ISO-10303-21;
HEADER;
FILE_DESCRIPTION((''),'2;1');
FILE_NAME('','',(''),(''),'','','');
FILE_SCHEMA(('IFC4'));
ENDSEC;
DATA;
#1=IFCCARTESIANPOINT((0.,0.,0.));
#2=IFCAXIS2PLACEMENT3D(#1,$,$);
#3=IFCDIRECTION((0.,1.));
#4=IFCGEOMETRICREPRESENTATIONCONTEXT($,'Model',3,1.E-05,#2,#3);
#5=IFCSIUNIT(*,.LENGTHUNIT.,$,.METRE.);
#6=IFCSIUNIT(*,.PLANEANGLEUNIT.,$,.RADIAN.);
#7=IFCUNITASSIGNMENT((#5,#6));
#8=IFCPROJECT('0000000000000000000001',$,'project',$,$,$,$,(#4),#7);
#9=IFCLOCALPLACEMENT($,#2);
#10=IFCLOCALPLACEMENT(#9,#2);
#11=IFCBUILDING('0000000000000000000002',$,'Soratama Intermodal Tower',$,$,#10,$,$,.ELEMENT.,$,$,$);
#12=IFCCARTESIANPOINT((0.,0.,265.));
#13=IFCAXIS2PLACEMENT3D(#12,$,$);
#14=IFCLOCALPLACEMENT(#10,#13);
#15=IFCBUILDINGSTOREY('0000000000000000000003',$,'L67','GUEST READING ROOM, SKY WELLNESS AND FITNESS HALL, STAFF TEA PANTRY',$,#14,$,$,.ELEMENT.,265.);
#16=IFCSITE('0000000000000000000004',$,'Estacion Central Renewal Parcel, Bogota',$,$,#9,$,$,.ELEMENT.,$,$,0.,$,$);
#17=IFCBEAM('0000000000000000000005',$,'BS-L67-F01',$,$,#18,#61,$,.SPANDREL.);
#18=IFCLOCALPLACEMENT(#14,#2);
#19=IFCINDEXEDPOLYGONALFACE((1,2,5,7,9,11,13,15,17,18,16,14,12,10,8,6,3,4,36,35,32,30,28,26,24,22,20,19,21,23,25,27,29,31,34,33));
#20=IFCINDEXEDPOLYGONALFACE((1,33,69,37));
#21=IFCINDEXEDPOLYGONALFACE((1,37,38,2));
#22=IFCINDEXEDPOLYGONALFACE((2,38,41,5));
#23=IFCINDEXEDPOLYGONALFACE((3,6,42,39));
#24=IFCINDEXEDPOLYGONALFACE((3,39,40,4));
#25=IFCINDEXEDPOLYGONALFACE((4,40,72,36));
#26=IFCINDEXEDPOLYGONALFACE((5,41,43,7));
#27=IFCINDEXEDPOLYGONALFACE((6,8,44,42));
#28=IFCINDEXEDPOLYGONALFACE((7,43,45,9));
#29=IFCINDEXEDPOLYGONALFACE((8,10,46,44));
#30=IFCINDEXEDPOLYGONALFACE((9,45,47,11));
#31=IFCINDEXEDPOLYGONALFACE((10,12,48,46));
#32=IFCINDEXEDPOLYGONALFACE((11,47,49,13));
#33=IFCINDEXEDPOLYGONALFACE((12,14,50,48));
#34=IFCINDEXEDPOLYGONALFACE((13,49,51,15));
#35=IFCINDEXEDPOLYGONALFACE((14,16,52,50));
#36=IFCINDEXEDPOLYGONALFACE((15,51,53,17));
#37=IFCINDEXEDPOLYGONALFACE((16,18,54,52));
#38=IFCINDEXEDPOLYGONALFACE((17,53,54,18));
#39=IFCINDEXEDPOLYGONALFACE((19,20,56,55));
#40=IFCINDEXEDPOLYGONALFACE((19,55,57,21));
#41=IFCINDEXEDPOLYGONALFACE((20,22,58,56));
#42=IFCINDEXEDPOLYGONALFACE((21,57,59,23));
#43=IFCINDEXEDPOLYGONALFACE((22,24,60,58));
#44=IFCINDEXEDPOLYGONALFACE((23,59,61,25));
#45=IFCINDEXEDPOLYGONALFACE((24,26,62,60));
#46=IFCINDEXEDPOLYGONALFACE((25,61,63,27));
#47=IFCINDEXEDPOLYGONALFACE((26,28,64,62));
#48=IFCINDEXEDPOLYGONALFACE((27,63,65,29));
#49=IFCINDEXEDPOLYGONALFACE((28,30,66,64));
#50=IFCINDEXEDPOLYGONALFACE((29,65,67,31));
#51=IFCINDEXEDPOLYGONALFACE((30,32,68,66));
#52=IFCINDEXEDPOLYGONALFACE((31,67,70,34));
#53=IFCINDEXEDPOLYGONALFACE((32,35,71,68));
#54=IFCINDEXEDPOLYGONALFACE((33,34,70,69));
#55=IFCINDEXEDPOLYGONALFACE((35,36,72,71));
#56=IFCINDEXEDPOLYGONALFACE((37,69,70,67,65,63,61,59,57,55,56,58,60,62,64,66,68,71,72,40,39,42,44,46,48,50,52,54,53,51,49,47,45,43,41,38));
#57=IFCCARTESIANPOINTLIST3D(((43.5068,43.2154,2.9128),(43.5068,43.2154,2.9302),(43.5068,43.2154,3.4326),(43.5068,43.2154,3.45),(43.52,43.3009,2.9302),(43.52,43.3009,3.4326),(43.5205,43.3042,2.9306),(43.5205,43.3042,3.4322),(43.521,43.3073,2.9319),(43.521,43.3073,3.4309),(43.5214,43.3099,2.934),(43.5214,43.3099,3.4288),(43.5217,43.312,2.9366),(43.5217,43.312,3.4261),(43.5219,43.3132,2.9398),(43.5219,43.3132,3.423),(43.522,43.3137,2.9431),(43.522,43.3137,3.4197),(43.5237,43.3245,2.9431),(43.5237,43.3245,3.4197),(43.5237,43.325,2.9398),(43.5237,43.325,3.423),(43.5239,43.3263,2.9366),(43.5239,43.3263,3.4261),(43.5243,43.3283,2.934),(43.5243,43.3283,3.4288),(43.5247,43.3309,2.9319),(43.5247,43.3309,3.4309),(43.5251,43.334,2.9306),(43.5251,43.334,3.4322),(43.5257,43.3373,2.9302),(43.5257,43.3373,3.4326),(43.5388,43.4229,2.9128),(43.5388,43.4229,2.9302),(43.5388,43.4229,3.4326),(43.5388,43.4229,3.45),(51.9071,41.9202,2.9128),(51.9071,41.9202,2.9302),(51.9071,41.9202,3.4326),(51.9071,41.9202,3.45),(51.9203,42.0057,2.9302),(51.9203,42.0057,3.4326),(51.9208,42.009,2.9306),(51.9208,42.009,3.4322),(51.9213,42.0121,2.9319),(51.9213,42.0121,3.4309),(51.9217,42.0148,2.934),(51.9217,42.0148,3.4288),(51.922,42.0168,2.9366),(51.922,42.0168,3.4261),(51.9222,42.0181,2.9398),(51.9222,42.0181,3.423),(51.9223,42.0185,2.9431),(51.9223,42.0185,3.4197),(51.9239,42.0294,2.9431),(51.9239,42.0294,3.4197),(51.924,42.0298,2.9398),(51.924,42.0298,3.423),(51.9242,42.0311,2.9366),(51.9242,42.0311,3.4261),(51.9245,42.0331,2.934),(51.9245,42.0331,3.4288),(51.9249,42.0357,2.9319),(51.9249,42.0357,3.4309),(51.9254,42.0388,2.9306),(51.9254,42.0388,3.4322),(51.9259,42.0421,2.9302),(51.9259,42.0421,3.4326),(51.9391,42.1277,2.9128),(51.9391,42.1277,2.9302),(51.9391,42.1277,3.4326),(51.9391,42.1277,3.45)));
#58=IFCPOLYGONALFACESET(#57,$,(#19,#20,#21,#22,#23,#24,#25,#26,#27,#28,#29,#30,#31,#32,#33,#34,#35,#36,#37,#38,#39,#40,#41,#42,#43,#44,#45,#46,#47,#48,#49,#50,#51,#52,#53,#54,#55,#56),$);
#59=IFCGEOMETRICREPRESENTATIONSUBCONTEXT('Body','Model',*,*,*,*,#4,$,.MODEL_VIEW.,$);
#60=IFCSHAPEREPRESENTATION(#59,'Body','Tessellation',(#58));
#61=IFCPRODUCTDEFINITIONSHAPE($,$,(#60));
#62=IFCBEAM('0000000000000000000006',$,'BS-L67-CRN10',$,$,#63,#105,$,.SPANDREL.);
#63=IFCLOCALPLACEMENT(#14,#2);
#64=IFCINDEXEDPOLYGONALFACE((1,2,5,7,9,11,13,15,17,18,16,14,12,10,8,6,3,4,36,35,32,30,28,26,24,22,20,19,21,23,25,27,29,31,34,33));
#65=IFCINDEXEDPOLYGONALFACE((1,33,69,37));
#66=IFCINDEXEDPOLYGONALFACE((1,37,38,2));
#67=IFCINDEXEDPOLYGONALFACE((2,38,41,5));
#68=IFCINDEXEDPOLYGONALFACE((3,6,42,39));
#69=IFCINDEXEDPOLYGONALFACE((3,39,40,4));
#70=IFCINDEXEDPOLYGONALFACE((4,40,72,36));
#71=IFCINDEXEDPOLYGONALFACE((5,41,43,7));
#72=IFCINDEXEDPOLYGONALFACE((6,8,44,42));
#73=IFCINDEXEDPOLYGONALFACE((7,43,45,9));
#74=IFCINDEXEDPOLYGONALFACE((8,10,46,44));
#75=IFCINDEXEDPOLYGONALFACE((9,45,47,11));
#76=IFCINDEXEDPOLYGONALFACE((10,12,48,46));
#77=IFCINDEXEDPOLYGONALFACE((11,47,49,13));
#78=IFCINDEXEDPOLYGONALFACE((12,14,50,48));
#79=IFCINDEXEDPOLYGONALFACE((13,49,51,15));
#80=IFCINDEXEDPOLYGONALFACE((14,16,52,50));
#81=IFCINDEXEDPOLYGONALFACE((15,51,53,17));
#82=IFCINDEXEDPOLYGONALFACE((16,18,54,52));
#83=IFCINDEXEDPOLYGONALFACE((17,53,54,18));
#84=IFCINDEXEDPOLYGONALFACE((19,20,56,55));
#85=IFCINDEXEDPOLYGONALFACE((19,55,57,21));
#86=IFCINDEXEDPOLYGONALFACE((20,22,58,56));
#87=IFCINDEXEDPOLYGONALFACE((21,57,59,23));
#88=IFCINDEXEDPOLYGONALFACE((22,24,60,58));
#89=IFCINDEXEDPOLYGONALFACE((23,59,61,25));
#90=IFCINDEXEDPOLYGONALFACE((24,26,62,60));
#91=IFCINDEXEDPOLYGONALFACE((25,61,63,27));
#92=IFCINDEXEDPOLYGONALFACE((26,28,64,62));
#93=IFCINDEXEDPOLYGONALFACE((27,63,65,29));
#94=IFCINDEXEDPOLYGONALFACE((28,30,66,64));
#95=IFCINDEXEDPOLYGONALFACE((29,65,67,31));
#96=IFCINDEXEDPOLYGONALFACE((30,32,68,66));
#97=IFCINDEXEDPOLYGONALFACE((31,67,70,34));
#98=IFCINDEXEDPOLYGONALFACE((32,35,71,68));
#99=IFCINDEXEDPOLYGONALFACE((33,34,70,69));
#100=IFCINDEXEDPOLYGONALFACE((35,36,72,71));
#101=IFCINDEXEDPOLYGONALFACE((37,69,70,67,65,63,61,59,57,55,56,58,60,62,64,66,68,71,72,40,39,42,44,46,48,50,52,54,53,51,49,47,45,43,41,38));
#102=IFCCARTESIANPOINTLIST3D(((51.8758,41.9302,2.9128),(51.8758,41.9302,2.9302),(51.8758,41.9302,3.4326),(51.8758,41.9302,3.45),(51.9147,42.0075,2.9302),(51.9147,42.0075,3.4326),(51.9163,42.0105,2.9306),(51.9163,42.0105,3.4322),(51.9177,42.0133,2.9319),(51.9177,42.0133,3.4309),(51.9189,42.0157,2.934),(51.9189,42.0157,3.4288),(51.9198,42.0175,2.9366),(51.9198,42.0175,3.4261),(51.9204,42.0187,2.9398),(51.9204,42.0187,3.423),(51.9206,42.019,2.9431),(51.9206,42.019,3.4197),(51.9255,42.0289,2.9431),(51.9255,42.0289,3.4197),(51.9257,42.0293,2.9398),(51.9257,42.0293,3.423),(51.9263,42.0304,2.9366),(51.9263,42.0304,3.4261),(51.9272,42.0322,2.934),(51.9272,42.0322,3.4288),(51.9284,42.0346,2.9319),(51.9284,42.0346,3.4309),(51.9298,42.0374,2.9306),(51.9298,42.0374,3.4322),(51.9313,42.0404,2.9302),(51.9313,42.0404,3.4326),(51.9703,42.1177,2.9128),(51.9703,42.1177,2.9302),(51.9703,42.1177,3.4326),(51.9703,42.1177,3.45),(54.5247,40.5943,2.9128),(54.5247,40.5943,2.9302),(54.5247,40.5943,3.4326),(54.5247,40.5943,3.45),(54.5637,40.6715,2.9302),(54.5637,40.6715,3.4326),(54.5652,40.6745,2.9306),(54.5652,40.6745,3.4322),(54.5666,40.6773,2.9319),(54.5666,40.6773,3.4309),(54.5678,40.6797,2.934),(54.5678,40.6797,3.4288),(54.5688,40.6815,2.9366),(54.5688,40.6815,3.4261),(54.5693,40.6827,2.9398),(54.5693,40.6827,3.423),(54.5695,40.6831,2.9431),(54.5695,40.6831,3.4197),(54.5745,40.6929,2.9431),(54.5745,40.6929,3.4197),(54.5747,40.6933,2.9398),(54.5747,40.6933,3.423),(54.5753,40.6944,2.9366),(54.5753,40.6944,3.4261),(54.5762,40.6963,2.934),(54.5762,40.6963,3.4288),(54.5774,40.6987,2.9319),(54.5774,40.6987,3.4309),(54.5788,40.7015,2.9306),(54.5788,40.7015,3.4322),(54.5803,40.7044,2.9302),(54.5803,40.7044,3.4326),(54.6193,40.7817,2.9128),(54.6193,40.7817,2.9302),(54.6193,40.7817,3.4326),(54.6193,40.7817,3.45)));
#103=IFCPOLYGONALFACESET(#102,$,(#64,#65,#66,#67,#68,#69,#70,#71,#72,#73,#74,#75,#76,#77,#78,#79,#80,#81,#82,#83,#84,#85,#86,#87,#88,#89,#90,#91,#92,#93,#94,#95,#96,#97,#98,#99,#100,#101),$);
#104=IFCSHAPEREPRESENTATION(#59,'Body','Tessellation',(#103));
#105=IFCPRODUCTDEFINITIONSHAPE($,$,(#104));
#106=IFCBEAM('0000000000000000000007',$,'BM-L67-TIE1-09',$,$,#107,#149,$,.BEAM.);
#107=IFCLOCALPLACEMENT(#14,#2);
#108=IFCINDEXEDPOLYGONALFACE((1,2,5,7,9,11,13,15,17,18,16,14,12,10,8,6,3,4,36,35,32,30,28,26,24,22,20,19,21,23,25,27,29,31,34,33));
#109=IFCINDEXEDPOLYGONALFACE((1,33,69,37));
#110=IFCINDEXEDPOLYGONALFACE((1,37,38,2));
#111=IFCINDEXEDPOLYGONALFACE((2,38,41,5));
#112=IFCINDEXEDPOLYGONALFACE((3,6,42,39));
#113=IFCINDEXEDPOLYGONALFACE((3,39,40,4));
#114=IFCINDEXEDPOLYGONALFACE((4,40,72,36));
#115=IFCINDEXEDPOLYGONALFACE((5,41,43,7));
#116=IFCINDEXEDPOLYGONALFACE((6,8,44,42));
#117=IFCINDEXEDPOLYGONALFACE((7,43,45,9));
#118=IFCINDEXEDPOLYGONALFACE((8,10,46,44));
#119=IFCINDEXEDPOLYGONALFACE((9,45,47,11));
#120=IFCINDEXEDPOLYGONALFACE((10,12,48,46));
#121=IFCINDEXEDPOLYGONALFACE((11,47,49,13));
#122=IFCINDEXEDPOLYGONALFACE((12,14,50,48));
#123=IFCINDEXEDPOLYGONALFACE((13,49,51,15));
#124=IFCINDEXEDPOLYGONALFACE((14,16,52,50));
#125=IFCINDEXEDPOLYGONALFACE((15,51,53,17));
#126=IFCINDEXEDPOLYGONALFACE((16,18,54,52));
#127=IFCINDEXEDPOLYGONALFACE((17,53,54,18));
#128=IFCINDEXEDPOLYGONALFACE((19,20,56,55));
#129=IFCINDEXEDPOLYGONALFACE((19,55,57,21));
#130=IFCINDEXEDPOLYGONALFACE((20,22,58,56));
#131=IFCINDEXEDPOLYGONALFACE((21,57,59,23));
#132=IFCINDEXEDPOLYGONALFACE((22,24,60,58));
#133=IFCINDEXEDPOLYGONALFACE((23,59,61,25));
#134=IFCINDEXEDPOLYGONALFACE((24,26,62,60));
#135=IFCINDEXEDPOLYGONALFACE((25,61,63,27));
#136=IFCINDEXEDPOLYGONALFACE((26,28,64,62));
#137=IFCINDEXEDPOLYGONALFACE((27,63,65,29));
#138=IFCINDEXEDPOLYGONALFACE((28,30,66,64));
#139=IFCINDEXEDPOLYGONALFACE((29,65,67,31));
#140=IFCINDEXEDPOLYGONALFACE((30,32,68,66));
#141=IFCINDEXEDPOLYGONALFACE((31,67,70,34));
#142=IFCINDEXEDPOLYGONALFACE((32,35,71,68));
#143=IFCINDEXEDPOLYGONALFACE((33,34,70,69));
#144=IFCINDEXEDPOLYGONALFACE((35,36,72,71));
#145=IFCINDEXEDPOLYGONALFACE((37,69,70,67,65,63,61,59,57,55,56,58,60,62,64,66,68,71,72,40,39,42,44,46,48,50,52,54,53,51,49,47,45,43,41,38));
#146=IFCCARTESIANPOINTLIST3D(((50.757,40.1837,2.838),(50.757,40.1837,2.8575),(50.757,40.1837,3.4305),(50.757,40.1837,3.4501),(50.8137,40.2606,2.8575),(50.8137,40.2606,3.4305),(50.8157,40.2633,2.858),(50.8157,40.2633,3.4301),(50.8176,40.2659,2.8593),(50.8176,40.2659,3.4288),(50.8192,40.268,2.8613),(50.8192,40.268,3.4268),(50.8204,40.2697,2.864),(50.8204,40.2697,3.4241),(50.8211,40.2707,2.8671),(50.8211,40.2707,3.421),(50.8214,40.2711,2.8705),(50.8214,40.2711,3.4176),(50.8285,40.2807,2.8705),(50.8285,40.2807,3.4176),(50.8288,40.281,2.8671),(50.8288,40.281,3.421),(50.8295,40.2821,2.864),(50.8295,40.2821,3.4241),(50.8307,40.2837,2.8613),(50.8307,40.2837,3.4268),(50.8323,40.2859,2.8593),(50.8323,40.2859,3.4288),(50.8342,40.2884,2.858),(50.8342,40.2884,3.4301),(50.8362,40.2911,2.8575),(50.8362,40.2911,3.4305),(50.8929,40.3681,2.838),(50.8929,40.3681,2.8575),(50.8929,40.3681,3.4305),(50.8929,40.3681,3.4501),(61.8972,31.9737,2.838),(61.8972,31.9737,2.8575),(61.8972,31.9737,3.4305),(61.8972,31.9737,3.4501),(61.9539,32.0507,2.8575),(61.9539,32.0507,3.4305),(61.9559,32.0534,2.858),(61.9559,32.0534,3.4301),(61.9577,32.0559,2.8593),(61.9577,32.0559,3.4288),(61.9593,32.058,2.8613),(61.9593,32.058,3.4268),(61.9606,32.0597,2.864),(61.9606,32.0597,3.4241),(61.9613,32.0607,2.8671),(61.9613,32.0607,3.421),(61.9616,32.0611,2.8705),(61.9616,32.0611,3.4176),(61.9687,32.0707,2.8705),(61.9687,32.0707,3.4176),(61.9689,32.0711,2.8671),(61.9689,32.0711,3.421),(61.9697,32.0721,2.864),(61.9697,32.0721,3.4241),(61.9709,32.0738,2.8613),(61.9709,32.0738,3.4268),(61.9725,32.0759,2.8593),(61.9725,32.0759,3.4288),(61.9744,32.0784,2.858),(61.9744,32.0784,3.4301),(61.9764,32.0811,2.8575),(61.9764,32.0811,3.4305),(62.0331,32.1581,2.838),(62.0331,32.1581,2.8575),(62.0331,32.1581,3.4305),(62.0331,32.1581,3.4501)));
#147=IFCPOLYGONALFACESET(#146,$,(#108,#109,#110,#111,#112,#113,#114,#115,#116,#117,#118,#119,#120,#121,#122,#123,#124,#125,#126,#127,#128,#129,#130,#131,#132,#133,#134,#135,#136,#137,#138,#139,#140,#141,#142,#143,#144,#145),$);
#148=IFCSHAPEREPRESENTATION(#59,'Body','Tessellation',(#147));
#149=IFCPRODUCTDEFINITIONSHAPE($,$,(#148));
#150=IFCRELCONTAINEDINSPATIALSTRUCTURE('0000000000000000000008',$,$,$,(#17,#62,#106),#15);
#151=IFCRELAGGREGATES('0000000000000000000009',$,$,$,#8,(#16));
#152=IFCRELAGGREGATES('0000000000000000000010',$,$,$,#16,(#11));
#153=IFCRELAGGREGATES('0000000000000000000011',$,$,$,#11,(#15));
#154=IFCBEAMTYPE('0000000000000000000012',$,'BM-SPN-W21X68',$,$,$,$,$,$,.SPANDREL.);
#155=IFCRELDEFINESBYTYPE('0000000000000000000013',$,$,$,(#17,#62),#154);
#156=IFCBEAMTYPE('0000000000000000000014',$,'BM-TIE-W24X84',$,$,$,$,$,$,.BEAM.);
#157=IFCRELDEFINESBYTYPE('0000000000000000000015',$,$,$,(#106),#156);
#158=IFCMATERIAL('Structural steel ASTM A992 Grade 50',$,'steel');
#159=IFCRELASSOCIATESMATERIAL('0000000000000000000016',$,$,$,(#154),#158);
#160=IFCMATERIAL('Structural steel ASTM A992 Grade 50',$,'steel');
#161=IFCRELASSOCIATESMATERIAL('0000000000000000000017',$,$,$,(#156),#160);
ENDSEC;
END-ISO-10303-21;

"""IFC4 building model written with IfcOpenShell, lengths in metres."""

from ifc_helpers import new_model, si_unit, direction, frame, origin, origin_2d, place, context, subcontext, project, spatial, i_section, extrude, material, material_profile, profile_set, type_object, element, save


model = new_model("IFC4")

# Units and contexts
model_context = context("Model", 3, precision=1e-05, world=origin(), true_north=direction((0.0, 1.0)))
body_context = subcontext(model_context, "Body", "Model", "MODEL_VIEW")
ifc_project = project(units=[si_unit("LENGTHUNIT", "METRE"), si_unit("PLANEANGLEUNIT", "RADIAN")], contexts=[model_context])

# Site, building, storey
site_placement = place(None, origin())
site = spatial("IfcSite", under=ifc_project, at=site_placement, Name="Estacion Central Renewal Parcel, Bogota", CompositionType="ELEMENT", RefElevation=0.0)
building_placement = place(site_placement, origin())
building = spatial("IfcBuilding", under=site, at=building_placement, Name="Soratama Intermodal Tower", CompositionType="ELEMENT")
storey_placement = place(building_placement, frame((0.0, 0.0, 265.0)))
storey = spatial("IfcBuildingStorey", under=building, at=storey_placement, Name="L67", Description="GUEST READING ROOM, SKY WELLNESS AND FITNESS HALL, STAFF TEA PANTRY", CompositionType="ELEMENT", Elevation=265.0)

# Beams
ifc_material_1 = material(Name="Structural steel ASTM A992 Grade 50", Category="steel")
ifc_material_profile_1 = material_profile(ifc_material_1, i_section(OverallWidth=0.21, OverallDepth=0.5371, WebThickness=0.011, FlangeThickness=0.0173, FilletRadius=0.0129, at=origin_2d()), Name="W21X68")
ifc_profile_set_1 = profile_set([ifc_material_profile_1], Name="Structural steel ASTM A992 Grade 50")
beam_type_1 = type_object("IfcBeamType", Name="BM-SPN-W21X68", PredefinedType="SPANDREL", material=ifc_profile_set_1)
beam_1_placement = place(storey_placement, frame((51.9231, 42.0239, 3.1814), z_axis=(-0.988322, 0.152383, 0.0), x_axis=(-0.152383, -0.988322, 0.0)))
element("IfcBeam", 1, at=beam_1_placement, inside=storey, type_object=beam_type_1, Name="BS-L67-F01", PredefinedType="SPANDREL", context=body_context, shape_type="SweptSolid", body=[
    extrude(i_section(OverallWidth=0.21, OverallDepth=0.5371, WebThickness=0.011, FlangeThickness=0.0173, FilletRadius=0.0129, at=origin_2d()), origin(), (0.0, 0.0, 1.0), 8.4995),
])
beam_2_placement = place(storey_placement, frame((54.572, 40.688, 3.1814), z_axis=(-0.892875, 0.450305, 0.0), x_axis=(-0.450305, -0.892875, 0.0)))
element("IfcBeam", 2, at=beam_2_placement, inside=storey, type_object=beam_type_1, Name="BS-L67-CRN10", PredefinedType="SPANDREL", context=body_context, shape_type="SweptSolid", body=[
    extrude(i_section(OverallWidth=0.21, OverallDepth=0.5371, WebThickness=0.011, FlangeThickness=0.0173, FilletRadius=0.0129, at=origin_2d()), origin(), (0.0, 0.0, 1.0), 2.9668),
])
ifc_material_2 = material(Name="Structural steel ASTM A992 Grade 50", Category="steel")
ifc_material_profile_2 = material_profile(ifc_material_2, i_section(OverallWidth=0.229, OverallDepth=0.6121, WebThickness=0.012, FlangeThickness=0.0195, FilletRadius=0.0129, at=origin_2d()), Name="W24X84")
ifc_profile_set_2 = profile_set([ifc_material_profile_2], Name="Structural steel ASTM A992 Grade 50")
beam_type_2 = type_object("IfcBeamType", Name="BM-TIE-W24X84", PredefinedType="BEAM", material=ifc_profile_set_2)
beam_3_placement = place(storey_placement, frame((50.825, 40.2759, 3.144), z_axis=(0.805006, -0.593266, 0.0), x_axis=(0.593266, 0.805006, 0.0)))
element("IfcBeam", 3, at=beam_3_placement, inside=storey, type_object=beam_type_2, Name="BM-L67-TIE1-09", PredefinedType="BEAM", context=body_context, shape_type="SweptSolid", body=[
    extrude(i_section(OverallWidth=0.229, OverallDepth=0.6121, WebThickness=0.012, FlangeThickness=0.0195, FilletRadius=0.0129, at=origin_2d()), origin(), (0.0, 0.0, 1.0), 13.8386),
])

save(model, "model.ifc")
